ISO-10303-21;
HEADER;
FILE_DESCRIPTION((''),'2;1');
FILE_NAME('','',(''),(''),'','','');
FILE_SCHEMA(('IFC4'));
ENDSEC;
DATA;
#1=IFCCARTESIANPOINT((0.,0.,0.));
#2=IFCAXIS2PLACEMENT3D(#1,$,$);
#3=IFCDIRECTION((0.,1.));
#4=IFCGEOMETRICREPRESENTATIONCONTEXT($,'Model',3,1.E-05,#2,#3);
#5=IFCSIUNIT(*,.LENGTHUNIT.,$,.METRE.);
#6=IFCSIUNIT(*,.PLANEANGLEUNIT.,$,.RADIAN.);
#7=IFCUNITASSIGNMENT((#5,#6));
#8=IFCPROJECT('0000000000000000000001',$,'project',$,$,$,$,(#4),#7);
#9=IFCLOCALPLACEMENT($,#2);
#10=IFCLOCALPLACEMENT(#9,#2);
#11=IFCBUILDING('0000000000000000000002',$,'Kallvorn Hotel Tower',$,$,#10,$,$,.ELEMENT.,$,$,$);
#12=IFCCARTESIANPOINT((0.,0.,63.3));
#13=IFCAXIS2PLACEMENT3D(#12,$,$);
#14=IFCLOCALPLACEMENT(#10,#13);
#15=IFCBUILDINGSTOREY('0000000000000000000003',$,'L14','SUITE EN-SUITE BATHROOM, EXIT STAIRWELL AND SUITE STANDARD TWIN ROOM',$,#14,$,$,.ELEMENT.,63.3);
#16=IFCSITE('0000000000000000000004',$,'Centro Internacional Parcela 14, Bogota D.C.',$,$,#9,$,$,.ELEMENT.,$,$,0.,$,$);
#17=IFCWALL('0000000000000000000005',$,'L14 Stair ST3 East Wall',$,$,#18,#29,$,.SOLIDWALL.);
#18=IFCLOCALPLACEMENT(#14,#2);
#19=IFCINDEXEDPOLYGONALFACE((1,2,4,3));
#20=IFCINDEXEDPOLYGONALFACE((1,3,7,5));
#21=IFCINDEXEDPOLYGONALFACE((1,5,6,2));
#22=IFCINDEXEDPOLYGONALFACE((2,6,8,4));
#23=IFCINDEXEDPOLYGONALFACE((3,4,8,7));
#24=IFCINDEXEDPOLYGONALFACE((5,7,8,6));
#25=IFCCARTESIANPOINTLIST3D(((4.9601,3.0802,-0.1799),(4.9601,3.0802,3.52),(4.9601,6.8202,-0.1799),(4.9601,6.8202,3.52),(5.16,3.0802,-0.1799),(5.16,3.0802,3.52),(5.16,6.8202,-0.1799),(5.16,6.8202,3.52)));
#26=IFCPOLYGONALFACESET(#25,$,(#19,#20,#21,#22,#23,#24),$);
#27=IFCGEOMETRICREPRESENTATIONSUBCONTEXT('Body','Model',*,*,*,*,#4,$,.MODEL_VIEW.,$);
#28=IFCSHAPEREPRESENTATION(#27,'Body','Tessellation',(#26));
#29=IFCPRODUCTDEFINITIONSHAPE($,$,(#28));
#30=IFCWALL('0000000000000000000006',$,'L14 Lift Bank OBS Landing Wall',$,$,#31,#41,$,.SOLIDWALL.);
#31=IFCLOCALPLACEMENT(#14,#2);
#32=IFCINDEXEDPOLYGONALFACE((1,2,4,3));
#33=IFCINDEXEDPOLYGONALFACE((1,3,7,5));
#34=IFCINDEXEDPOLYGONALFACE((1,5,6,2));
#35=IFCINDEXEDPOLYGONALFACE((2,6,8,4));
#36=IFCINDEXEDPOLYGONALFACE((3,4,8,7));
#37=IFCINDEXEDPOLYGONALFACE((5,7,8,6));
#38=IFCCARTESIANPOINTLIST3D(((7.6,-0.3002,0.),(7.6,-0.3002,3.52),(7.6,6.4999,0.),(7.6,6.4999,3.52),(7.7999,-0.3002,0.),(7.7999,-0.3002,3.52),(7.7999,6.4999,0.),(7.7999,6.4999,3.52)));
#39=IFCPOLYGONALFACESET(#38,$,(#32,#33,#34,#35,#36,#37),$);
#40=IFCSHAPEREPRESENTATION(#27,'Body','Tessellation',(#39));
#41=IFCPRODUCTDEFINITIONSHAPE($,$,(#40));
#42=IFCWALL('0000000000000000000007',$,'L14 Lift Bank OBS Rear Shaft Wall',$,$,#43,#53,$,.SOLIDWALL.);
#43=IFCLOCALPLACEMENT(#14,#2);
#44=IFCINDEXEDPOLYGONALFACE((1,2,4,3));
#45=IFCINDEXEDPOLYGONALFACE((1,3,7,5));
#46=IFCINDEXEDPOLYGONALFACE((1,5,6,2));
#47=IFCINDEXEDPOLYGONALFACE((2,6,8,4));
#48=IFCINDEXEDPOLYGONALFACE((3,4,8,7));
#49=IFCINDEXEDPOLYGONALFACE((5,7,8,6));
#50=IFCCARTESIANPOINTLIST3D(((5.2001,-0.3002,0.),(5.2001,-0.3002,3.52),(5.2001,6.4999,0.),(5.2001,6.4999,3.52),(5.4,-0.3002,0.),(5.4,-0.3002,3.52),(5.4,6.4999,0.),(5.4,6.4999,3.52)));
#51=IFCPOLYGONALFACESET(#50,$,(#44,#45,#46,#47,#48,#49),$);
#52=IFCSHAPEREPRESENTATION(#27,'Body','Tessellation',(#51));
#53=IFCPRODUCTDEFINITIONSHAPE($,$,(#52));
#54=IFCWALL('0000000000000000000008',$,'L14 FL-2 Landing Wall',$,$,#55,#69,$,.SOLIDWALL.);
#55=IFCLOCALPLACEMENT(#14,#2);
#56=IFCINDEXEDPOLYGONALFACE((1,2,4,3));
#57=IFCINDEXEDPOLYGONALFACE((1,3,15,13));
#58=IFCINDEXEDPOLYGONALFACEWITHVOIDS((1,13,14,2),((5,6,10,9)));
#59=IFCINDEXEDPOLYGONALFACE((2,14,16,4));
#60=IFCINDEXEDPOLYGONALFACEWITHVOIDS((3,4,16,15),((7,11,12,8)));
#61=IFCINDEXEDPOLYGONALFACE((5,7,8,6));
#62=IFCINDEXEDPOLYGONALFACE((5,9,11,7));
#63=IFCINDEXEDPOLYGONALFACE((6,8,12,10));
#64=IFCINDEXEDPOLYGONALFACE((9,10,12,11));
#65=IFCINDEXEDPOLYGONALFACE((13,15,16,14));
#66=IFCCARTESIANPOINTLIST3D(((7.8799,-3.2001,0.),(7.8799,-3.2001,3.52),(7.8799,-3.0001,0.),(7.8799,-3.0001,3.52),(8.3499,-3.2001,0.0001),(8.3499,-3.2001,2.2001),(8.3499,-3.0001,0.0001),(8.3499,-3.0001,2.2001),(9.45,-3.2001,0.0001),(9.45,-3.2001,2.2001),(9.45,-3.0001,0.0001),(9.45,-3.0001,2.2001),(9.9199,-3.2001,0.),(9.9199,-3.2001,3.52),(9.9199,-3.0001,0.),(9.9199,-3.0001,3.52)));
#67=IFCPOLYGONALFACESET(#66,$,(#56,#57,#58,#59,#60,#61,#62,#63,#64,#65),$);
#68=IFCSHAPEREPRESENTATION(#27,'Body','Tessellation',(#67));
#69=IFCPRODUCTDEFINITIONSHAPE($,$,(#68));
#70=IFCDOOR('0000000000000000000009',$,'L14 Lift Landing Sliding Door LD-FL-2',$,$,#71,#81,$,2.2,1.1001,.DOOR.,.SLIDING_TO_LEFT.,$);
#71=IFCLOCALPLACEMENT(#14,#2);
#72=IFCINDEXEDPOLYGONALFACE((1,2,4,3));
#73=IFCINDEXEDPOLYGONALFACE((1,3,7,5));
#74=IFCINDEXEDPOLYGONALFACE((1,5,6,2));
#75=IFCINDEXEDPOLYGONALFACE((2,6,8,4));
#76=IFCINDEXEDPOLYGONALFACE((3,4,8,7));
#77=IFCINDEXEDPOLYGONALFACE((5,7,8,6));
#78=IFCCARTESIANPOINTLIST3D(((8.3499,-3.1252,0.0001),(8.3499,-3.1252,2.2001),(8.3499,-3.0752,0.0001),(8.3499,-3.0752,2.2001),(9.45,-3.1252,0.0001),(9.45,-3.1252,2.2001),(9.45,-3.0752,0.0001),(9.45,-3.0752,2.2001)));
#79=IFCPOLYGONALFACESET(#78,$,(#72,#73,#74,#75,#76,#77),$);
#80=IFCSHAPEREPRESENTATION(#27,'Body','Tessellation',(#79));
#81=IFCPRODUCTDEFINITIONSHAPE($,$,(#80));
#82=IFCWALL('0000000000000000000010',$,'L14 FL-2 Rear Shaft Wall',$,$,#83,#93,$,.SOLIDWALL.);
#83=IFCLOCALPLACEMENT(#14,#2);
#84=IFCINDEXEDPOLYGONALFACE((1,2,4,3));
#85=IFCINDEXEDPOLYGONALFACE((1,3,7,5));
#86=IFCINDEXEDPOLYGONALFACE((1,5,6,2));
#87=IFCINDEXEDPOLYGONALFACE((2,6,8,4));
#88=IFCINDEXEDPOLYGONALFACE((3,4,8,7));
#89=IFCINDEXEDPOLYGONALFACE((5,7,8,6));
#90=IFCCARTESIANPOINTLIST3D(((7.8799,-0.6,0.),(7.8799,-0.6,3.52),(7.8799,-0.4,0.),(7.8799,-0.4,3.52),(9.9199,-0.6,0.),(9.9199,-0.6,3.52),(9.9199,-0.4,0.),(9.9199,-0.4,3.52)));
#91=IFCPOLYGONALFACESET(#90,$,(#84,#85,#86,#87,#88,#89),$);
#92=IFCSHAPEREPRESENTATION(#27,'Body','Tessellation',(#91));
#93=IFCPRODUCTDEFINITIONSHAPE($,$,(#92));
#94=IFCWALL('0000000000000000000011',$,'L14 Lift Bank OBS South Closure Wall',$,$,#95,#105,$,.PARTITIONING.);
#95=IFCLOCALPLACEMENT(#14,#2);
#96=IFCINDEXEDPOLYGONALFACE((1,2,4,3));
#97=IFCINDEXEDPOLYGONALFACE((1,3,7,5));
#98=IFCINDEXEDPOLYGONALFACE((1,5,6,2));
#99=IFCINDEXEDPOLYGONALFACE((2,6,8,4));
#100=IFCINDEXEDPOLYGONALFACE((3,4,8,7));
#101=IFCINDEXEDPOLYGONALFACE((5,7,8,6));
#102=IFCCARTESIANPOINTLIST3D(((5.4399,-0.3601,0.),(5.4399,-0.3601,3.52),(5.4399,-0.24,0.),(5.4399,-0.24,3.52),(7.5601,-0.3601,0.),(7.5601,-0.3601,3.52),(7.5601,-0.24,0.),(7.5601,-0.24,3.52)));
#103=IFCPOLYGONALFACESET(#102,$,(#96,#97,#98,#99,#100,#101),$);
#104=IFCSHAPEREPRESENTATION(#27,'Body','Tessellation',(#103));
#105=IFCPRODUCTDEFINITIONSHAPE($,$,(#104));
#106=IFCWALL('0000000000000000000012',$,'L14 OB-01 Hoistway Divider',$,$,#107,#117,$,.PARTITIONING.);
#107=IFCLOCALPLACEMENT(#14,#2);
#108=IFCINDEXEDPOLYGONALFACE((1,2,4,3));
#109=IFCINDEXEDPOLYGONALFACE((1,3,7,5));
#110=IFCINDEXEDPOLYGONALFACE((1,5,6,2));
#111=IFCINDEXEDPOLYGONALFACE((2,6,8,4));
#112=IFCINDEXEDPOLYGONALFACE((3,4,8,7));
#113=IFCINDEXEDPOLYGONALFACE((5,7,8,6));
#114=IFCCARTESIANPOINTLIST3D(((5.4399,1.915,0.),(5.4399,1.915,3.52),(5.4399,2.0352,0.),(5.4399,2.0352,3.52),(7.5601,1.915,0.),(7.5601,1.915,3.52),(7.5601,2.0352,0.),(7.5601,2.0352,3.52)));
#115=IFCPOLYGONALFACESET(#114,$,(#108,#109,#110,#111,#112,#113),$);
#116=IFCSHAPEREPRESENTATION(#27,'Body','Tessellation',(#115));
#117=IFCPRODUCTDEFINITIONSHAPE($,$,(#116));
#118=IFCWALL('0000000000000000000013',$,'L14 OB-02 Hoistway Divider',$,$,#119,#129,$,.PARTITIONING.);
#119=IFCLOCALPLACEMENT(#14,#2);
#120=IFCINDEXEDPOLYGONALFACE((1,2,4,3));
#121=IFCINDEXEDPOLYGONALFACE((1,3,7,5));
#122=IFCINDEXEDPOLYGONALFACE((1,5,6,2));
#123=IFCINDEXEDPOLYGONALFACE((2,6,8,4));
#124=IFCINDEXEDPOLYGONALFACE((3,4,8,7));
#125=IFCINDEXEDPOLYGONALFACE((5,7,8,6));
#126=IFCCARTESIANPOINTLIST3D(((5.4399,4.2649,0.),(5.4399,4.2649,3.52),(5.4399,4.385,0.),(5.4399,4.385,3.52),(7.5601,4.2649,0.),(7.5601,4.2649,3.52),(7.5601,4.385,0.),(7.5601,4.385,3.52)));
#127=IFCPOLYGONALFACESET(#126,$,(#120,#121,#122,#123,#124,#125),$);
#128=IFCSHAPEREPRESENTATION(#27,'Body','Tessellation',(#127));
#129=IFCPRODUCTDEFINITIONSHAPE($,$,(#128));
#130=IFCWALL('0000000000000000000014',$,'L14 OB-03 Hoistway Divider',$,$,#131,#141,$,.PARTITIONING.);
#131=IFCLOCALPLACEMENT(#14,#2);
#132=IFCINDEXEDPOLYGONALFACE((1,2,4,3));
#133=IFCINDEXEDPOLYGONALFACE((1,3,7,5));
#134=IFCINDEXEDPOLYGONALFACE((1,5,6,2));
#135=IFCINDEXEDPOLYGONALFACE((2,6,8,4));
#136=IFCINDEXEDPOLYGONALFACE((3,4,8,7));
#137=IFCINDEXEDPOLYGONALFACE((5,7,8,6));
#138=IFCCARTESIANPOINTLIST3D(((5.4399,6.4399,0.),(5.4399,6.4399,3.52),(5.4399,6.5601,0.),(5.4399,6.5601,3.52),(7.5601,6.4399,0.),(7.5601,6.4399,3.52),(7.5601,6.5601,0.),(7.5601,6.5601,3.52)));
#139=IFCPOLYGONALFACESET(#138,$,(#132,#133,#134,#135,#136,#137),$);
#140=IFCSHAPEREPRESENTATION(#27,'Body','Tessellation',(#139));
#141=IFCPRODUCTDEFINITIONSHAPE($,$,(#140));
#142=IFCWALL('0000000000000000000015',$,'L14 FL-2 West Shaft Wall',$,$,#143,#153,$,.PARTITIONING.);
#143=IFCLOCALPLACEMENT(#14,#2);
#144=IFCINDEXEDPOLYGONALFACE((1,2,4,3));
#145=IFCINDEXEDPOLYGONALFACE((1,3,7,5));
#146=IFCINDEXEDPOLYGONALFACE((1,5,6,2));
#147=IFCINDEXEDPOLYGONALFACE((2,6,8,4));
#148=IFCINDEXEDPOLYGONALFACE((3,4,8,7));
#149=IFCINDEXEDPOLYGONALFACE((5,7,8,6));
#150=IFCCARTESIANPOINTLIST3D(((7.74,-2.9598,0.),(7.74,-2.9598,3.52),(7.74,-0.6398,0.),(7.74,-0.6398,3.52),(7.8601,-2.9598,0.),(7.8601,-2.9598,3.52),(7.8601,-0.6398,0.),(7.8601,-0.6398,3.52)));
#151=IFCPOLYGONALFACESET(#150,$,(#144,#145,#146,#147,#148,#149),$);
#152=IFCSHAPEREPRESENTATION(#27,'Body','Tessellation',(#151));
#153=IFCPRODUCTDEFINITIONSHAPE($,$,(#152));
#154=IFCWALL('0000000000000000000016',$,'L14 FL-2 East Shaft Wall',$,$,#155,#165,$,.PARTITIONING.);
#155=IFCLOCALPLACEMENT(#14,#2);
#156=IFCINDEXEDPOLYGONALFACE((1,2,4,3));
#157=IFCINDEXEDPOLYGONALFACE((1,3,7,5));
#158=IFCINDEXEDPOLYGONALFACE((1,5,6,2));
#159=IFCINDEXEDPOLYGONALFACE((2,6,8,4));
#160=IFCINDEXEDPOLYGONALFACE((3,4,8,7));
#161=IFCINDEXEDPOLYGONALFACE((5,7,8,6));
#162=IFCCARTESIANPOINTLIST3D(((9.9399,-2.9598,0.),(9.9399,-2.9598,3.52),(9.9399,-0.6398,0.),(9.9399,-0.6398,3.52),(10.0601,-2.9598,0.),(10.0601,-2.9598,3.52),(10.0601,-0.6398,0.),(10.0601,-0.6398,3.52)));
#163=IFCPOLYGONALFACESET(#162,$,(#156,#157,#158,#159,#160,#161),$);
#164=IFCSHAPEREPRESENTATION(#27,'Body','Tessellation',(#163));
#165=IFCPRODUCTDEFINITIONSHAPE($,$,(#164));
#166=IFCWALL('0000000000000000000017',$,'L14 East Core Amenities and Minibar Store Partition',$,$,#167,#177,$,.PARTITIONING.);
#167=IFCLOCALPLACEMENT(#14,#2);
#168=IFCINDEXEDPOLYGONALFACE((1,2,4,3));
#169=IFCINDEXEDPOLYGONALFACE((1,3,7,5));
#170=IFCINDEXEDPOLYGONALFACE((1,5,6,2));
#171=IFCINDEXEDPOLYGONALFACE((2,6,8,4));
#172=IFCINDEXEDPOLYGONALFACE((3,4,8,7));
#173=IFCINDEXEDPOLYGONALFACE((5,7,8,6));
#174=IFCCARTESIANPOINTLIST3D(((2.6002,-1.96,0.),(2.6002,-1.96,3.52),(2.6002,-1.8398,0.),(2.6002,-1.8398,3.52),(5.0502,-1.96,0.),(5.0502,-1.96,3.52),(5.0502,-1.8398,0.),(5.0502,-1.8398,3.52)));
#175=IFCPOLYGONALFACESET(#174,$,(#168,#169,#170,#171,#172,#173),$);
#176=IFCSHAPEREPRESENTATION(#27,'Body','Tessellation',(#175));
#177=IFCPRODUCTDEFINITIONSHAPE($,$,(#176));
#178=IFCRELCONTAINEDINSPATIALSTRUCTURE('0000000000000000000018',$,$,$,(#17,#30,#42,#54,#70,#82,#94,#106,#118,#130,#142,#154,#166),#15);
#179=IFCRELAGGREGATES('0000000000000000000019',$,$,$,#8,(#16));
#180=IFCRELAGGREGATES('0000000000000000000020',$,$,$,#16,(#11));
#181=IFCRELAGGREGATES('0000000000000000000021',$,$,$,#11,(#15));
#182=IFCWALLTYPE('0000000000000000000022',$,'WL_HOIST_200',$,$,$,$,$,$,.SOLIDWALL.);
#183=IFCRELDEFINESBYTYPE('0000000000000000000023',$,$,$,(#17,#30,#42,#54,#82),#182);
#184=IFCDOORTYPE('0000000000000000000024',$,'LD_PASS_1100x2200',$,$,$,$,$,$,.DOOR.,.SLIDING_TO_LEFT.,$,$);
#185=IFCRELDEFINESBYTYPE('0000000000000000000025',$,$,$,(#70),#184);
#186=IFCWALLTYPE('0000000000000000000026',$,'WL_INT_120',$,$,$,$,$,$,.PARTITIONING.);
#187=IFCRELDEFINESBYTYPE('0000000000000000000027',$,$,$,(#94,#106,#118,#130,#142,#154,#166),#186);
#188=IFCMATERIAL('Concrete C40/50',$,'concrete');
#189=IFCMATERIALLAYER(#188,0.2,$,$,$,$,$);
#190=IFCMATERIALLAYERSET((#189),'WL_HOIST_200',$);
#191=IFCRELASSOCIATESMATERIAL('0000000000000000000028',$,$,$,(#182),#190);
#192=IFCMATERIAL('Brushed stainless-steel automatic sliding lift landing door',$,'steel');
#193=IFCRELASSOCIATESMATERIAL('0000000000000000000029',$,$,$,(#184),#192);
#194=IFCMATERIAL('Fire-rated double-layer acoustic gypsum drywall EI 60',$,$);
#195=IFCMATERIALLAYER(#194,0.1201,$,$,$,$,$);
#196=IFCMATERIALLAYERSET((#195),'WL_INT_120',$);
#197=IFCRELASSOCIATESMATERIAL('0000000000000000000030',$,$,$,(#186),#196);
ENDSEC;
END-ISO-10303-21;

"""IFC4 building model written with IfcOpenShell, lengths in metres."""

from ifc_helpers import new_model, si_unit, direction, frame, frame_2d, origin, place, context, subcontext, project, spatial, rectangle, extrude, material, layer, layer_set, type_object, element, fill, save


model = new_model("IFC4")

# Units and contexts
model_context = context("Model", 3, precision=1e-05, world=origin(), true_north=direction((0.0, 1.0)))
body_context = subcontext(model_context, "Body", "Model", "MODEL_VIEW")
ifc_project = project(units=[si_unit("LENGTHUNIT", "METRE"), si_unit("PLANEANGLEUNIT", "RADIAN")], contexts=[model_context])

# Site, building, storey
site_placement = place(None, origin())
site = spatial("IfcSite", under=ifc_project, at=site_placement, Name="Centro Internacional Parcela 14, Bogota D.C.", CompositionType="ELEMENT", RefElevation=0.0)
building_placement = place(site_placement, origin())
building = spatial("IfcBuilding", under=site, at=building_placement, Name="Kallvorn Hotel Tower", CompositionType="ELEMENT")
storey_placement = place(building_placement, frame((0.0, 0.0, 63.3)))
storey = spatial("IfcBuildingStorey", under=building, at=storey_placement, Name="L14", Description="SUITE EN-SUITE BATHROOM, EXIT STAIRWELL AND SUITE STANDARD TWIN ROOM", CompositionType="ELEMENT", Elevation=63.3)

# Walls
ifc_material_1 = material(Name="Concrete C40/50", Category="concrete")
ifc_layer_1 = layer(ifc_material_1, 0.2)
ifc_layer_set_1 = layer_set([ifc_layer_1], Name="WL_HOIST_200")
wall_type_1 = type_object("IfcWallType", Name="WL_HOIST_200", PredefinedType="SOLIDWALL", material=ifc_layer_set_1)
wall_1_placement = place(storey_placement, frame((5.0601, 3.0801, -0.1799), z_axis=(0.0, 0.0, 1.0), x_axis=(0.0, 1.0, 0.0)))
element("IfcWall", 1, at=wall_1_placement, inside=storey, type_object=wall_type_1, Name="L14 Stair ST3 East Wall", PredefinedType="SOLIDWALL", context=body_context, shape_type="SweptSolid", body=[
    extrude(rectangle(XDim=3.74, YDim=0.2, at=frame_2d((1.8701, 0.0))), origin(), (0.0, 0.0, 1.0), 3.7),
])
for number, where, z_axis, x_axis, name in (
    (2, (7.7, -0.3, 0.0), (0.0, 0.0, 1.0), (0.0, 1.0, 0.0), "L14 Lift Bank OBS Landing Wall"),
    (3, (5.3, -0.3, 0.0), (0.0, 0.0, 1.0), (0.0, 1.0, 0.0), "L14 Lift Bank OBS Rear Shaft Wall"),
):
    element("IfcWall", number, at=place(storey_placement, frame(where, z_axis=z_axis, x_axis=x_axis)), inside=storey, type_object=wall_type_1, Name=name, PredefinedType="SOLIDWALL", context=body_context, shape_type="SweptSolid", body=[
        extrude(rectangle(XDim=6.8, YDim=0.2, at=frame_2d((3.3999, 0.0))), origin(), (0.0, 0.0, 1.0), 3.52),
    ])

# Wall, opening, door
wall_2_placement = place(storey_placement, frame((7.8799, -3.1001, 0.0), z_axis=(0.0, 0.0, 1.0), x_axis=(1.0, 0.0, 0.0)))
wall_2 = element("IfcWall", 4, at=wall_2_placement, inside=storey, type_object=wall_type_1, Name="L14 FL-2 Landing Wall", PredefinedType="SOLIDWALL", context=body_context, shape_type="SweptSolid", body=[
    extrude(rectangle(XDim=2.04, YDim=0.2, at=frame_2d((1.02, 0.0))), origin(), (0.0, 0.0, 1.0), 3.52),
])
opening_1_placement = place(wall_2_placement, frame((0.47, 0.0, 0.0)))
opening_1 = element("IfcOpeningElement", 5, at=opening_1_placement, cuts=wall_2, PredefinedType="OPENING", context=body_context, shape_type="SweptSolid", body=[
    extrude(rectangle(XDim=1.1001, YDim=2.2, at=frame_2d((0.55, 1.1001))), frame((0.0, 0.115, 0.0), z_axis=(0.0, -1.0, 0.0), x_axis=(1.0, 0.0, 0.0)), (0.0, 0.0, 1.0), 0.23),
])
ifc_material_2 = material(Name="Brushed stainless-steel automatic sliding lift landing door", Category="steel")
door_type_1 = type_object("IfcDoorType", Name="LD_PASS_1100x2200", OperationType="SLIDING_TO_LEFT", PredefinedType="DOOR", material=ifc_material_2)
door_1_placement = place(opening_1_placement, origin())
door_1 = element("IfcDoor", 6, at=door_1_placement, inside=storey, type_object=door_type_1, Name="L14 Lift Landing Sliding Door LD-FL-2", OperationType="SLIDING_TO_LEFT", OverallHeight=2.2, OverallWidth=1.1001, PredefinedType="DOOR", context=body_context, shape_type="SweptSolid", body=[
    extrude(rectangle(XDim=1.1001, YDim=2.2, at=frame_2d((0.55, 1.1001))), frame((0.0, 0.0249, 0.0), z_axis=(0.0, -1.0, 0.0), x_axis=(1.0, 0.0, 0.0)), (0.0, 0.0, 1.0), 0.05),
])
fill(opening_1, door_1)

# Walls
wall_3_placement = place(storey_placement, frame((7.8799, -0.5, 0.0), z_axis=(0.0, 0.0, 1.0), x_axis=(1.0, 0.0, 0.0)))
element("IfcWall", 7, at=wall_3_placement, inside=storey, type_object=wall_type_1, Name="L14 FL-2 Rear Shaft Wall", PredefinedType="SOLIDWALL", context=body_context, shape_type="SweptSolid", body=[
    extrude(rectangle(XDim=2.04, YDim=0.2, at=frame_2d((1.02, 0.0))), origin(), (0.0, 0.0, 1.0), 3.52),
])
ifc_material_3 = material(Name="Fire-rated double-layer acoustic gypsum drywall EI 60")
ifc_layer_2 = layer(ifc_material_3, 0.1201)
ifc_layer_set_2 = layer_set([ifc_layer_2], Name="WL_INT_120")
wall_type_2 = type_object("IfcWallType", Name="WL_INT_120", PredefinedType="PARTITIONING", material=ifc_layer_set_2)
for number, where, z_axis, x_axis, name in (
    (8, (5.4399, -0.3, 0.0), (0.0, 0.0, 1.0), (1.0, 0.0, 0.0), "L14 Lift Bank OBS South Closure Wall"),
    (9, (5.4399, 1.9751, 0.0), (0.0, 0.0, 1.0), (1.0, 0.0, 0.0), "L14 OB-01 Hoistway Divider"),
    (10, (5.4399, 4.325, 0.0), (0.0, 0.0, 1.0), (1.0, 0.0, 0.0), "L14 OB-02 Hoistway Divider"),
    (11, (5.4399, 6.5, 0.0), (0.0, 0.0, 1.0), (1.0, 0.0, 0.0), "L14 OB-03 Hoistway Divider"),
):
    element("IfcWall", number, at=place(storey_placement, frame(where, z_axis=z_axis, x_axis=x_axis)), inside=storey, type_object=wall_type_2, Name=name, PredefinedType="PARTITIONING", context=body_context, shape_type="SweptSolid", body=[
        extrude(rectangle(XDim=2.1201, YDim=0.1201, at=frame_2d((1.0601, 0.0))), origin(), (0.0, 0.0, 1.0), 3.52),
    ])
for number, where, z_axis, x_axis, name in (
    (12, (7.8, -2.96, 0.0), (0.0, 0.0, 1.0), (0.0, 1.0, 0.0), "L14 FL-2 West Shaft Wall"),
    (13, (10.0, -2.96, 0.0), (0.0, 0.0, 1.0), (0.0, 1.0, 0.0), "L14 FL-2 East Shaft Wall"),
):
    element("IfcWall", number, at=place(storey_placement, frame(where, z_axis=z_axis, x_axis=x_axis)), inside=storey, type_object=wall_type_2, Name=name, PredefinedType="PARTITIONING", context=body_context, shape_type="SweptSolid", body=[
        extrude(rectangle(XDim=2.3201, YDim=0.1201, at=frame_2d((1.1602, 0.0))), origin(), (0.0, 0.0, 1.0), 3.52),
    ])
wall_4_placement = place(storey_placement, frame((2.6001, -1.8999, 0.0), z_axis=(0.0, 0.0, 1.0), x_axis=(1.0, 0.0, 0.0)))
element("IfcWall", 14, at=wall_4_placement, inside=storey, type_object=wall_type_2, Name="L14 East Core Amenities and Minibar Store Partition", PredefinedType="PARTITIONING", context=body_context, shape_type="SweptSolid", body=[
    extrude(rectangle(XDim=2.45, YDim=0.1201, at=frame_2d((1.2251, 0.0))), origin(), (0.0, 0.0, 1.0), 3.52),
])

save(model, "model.ifc")
